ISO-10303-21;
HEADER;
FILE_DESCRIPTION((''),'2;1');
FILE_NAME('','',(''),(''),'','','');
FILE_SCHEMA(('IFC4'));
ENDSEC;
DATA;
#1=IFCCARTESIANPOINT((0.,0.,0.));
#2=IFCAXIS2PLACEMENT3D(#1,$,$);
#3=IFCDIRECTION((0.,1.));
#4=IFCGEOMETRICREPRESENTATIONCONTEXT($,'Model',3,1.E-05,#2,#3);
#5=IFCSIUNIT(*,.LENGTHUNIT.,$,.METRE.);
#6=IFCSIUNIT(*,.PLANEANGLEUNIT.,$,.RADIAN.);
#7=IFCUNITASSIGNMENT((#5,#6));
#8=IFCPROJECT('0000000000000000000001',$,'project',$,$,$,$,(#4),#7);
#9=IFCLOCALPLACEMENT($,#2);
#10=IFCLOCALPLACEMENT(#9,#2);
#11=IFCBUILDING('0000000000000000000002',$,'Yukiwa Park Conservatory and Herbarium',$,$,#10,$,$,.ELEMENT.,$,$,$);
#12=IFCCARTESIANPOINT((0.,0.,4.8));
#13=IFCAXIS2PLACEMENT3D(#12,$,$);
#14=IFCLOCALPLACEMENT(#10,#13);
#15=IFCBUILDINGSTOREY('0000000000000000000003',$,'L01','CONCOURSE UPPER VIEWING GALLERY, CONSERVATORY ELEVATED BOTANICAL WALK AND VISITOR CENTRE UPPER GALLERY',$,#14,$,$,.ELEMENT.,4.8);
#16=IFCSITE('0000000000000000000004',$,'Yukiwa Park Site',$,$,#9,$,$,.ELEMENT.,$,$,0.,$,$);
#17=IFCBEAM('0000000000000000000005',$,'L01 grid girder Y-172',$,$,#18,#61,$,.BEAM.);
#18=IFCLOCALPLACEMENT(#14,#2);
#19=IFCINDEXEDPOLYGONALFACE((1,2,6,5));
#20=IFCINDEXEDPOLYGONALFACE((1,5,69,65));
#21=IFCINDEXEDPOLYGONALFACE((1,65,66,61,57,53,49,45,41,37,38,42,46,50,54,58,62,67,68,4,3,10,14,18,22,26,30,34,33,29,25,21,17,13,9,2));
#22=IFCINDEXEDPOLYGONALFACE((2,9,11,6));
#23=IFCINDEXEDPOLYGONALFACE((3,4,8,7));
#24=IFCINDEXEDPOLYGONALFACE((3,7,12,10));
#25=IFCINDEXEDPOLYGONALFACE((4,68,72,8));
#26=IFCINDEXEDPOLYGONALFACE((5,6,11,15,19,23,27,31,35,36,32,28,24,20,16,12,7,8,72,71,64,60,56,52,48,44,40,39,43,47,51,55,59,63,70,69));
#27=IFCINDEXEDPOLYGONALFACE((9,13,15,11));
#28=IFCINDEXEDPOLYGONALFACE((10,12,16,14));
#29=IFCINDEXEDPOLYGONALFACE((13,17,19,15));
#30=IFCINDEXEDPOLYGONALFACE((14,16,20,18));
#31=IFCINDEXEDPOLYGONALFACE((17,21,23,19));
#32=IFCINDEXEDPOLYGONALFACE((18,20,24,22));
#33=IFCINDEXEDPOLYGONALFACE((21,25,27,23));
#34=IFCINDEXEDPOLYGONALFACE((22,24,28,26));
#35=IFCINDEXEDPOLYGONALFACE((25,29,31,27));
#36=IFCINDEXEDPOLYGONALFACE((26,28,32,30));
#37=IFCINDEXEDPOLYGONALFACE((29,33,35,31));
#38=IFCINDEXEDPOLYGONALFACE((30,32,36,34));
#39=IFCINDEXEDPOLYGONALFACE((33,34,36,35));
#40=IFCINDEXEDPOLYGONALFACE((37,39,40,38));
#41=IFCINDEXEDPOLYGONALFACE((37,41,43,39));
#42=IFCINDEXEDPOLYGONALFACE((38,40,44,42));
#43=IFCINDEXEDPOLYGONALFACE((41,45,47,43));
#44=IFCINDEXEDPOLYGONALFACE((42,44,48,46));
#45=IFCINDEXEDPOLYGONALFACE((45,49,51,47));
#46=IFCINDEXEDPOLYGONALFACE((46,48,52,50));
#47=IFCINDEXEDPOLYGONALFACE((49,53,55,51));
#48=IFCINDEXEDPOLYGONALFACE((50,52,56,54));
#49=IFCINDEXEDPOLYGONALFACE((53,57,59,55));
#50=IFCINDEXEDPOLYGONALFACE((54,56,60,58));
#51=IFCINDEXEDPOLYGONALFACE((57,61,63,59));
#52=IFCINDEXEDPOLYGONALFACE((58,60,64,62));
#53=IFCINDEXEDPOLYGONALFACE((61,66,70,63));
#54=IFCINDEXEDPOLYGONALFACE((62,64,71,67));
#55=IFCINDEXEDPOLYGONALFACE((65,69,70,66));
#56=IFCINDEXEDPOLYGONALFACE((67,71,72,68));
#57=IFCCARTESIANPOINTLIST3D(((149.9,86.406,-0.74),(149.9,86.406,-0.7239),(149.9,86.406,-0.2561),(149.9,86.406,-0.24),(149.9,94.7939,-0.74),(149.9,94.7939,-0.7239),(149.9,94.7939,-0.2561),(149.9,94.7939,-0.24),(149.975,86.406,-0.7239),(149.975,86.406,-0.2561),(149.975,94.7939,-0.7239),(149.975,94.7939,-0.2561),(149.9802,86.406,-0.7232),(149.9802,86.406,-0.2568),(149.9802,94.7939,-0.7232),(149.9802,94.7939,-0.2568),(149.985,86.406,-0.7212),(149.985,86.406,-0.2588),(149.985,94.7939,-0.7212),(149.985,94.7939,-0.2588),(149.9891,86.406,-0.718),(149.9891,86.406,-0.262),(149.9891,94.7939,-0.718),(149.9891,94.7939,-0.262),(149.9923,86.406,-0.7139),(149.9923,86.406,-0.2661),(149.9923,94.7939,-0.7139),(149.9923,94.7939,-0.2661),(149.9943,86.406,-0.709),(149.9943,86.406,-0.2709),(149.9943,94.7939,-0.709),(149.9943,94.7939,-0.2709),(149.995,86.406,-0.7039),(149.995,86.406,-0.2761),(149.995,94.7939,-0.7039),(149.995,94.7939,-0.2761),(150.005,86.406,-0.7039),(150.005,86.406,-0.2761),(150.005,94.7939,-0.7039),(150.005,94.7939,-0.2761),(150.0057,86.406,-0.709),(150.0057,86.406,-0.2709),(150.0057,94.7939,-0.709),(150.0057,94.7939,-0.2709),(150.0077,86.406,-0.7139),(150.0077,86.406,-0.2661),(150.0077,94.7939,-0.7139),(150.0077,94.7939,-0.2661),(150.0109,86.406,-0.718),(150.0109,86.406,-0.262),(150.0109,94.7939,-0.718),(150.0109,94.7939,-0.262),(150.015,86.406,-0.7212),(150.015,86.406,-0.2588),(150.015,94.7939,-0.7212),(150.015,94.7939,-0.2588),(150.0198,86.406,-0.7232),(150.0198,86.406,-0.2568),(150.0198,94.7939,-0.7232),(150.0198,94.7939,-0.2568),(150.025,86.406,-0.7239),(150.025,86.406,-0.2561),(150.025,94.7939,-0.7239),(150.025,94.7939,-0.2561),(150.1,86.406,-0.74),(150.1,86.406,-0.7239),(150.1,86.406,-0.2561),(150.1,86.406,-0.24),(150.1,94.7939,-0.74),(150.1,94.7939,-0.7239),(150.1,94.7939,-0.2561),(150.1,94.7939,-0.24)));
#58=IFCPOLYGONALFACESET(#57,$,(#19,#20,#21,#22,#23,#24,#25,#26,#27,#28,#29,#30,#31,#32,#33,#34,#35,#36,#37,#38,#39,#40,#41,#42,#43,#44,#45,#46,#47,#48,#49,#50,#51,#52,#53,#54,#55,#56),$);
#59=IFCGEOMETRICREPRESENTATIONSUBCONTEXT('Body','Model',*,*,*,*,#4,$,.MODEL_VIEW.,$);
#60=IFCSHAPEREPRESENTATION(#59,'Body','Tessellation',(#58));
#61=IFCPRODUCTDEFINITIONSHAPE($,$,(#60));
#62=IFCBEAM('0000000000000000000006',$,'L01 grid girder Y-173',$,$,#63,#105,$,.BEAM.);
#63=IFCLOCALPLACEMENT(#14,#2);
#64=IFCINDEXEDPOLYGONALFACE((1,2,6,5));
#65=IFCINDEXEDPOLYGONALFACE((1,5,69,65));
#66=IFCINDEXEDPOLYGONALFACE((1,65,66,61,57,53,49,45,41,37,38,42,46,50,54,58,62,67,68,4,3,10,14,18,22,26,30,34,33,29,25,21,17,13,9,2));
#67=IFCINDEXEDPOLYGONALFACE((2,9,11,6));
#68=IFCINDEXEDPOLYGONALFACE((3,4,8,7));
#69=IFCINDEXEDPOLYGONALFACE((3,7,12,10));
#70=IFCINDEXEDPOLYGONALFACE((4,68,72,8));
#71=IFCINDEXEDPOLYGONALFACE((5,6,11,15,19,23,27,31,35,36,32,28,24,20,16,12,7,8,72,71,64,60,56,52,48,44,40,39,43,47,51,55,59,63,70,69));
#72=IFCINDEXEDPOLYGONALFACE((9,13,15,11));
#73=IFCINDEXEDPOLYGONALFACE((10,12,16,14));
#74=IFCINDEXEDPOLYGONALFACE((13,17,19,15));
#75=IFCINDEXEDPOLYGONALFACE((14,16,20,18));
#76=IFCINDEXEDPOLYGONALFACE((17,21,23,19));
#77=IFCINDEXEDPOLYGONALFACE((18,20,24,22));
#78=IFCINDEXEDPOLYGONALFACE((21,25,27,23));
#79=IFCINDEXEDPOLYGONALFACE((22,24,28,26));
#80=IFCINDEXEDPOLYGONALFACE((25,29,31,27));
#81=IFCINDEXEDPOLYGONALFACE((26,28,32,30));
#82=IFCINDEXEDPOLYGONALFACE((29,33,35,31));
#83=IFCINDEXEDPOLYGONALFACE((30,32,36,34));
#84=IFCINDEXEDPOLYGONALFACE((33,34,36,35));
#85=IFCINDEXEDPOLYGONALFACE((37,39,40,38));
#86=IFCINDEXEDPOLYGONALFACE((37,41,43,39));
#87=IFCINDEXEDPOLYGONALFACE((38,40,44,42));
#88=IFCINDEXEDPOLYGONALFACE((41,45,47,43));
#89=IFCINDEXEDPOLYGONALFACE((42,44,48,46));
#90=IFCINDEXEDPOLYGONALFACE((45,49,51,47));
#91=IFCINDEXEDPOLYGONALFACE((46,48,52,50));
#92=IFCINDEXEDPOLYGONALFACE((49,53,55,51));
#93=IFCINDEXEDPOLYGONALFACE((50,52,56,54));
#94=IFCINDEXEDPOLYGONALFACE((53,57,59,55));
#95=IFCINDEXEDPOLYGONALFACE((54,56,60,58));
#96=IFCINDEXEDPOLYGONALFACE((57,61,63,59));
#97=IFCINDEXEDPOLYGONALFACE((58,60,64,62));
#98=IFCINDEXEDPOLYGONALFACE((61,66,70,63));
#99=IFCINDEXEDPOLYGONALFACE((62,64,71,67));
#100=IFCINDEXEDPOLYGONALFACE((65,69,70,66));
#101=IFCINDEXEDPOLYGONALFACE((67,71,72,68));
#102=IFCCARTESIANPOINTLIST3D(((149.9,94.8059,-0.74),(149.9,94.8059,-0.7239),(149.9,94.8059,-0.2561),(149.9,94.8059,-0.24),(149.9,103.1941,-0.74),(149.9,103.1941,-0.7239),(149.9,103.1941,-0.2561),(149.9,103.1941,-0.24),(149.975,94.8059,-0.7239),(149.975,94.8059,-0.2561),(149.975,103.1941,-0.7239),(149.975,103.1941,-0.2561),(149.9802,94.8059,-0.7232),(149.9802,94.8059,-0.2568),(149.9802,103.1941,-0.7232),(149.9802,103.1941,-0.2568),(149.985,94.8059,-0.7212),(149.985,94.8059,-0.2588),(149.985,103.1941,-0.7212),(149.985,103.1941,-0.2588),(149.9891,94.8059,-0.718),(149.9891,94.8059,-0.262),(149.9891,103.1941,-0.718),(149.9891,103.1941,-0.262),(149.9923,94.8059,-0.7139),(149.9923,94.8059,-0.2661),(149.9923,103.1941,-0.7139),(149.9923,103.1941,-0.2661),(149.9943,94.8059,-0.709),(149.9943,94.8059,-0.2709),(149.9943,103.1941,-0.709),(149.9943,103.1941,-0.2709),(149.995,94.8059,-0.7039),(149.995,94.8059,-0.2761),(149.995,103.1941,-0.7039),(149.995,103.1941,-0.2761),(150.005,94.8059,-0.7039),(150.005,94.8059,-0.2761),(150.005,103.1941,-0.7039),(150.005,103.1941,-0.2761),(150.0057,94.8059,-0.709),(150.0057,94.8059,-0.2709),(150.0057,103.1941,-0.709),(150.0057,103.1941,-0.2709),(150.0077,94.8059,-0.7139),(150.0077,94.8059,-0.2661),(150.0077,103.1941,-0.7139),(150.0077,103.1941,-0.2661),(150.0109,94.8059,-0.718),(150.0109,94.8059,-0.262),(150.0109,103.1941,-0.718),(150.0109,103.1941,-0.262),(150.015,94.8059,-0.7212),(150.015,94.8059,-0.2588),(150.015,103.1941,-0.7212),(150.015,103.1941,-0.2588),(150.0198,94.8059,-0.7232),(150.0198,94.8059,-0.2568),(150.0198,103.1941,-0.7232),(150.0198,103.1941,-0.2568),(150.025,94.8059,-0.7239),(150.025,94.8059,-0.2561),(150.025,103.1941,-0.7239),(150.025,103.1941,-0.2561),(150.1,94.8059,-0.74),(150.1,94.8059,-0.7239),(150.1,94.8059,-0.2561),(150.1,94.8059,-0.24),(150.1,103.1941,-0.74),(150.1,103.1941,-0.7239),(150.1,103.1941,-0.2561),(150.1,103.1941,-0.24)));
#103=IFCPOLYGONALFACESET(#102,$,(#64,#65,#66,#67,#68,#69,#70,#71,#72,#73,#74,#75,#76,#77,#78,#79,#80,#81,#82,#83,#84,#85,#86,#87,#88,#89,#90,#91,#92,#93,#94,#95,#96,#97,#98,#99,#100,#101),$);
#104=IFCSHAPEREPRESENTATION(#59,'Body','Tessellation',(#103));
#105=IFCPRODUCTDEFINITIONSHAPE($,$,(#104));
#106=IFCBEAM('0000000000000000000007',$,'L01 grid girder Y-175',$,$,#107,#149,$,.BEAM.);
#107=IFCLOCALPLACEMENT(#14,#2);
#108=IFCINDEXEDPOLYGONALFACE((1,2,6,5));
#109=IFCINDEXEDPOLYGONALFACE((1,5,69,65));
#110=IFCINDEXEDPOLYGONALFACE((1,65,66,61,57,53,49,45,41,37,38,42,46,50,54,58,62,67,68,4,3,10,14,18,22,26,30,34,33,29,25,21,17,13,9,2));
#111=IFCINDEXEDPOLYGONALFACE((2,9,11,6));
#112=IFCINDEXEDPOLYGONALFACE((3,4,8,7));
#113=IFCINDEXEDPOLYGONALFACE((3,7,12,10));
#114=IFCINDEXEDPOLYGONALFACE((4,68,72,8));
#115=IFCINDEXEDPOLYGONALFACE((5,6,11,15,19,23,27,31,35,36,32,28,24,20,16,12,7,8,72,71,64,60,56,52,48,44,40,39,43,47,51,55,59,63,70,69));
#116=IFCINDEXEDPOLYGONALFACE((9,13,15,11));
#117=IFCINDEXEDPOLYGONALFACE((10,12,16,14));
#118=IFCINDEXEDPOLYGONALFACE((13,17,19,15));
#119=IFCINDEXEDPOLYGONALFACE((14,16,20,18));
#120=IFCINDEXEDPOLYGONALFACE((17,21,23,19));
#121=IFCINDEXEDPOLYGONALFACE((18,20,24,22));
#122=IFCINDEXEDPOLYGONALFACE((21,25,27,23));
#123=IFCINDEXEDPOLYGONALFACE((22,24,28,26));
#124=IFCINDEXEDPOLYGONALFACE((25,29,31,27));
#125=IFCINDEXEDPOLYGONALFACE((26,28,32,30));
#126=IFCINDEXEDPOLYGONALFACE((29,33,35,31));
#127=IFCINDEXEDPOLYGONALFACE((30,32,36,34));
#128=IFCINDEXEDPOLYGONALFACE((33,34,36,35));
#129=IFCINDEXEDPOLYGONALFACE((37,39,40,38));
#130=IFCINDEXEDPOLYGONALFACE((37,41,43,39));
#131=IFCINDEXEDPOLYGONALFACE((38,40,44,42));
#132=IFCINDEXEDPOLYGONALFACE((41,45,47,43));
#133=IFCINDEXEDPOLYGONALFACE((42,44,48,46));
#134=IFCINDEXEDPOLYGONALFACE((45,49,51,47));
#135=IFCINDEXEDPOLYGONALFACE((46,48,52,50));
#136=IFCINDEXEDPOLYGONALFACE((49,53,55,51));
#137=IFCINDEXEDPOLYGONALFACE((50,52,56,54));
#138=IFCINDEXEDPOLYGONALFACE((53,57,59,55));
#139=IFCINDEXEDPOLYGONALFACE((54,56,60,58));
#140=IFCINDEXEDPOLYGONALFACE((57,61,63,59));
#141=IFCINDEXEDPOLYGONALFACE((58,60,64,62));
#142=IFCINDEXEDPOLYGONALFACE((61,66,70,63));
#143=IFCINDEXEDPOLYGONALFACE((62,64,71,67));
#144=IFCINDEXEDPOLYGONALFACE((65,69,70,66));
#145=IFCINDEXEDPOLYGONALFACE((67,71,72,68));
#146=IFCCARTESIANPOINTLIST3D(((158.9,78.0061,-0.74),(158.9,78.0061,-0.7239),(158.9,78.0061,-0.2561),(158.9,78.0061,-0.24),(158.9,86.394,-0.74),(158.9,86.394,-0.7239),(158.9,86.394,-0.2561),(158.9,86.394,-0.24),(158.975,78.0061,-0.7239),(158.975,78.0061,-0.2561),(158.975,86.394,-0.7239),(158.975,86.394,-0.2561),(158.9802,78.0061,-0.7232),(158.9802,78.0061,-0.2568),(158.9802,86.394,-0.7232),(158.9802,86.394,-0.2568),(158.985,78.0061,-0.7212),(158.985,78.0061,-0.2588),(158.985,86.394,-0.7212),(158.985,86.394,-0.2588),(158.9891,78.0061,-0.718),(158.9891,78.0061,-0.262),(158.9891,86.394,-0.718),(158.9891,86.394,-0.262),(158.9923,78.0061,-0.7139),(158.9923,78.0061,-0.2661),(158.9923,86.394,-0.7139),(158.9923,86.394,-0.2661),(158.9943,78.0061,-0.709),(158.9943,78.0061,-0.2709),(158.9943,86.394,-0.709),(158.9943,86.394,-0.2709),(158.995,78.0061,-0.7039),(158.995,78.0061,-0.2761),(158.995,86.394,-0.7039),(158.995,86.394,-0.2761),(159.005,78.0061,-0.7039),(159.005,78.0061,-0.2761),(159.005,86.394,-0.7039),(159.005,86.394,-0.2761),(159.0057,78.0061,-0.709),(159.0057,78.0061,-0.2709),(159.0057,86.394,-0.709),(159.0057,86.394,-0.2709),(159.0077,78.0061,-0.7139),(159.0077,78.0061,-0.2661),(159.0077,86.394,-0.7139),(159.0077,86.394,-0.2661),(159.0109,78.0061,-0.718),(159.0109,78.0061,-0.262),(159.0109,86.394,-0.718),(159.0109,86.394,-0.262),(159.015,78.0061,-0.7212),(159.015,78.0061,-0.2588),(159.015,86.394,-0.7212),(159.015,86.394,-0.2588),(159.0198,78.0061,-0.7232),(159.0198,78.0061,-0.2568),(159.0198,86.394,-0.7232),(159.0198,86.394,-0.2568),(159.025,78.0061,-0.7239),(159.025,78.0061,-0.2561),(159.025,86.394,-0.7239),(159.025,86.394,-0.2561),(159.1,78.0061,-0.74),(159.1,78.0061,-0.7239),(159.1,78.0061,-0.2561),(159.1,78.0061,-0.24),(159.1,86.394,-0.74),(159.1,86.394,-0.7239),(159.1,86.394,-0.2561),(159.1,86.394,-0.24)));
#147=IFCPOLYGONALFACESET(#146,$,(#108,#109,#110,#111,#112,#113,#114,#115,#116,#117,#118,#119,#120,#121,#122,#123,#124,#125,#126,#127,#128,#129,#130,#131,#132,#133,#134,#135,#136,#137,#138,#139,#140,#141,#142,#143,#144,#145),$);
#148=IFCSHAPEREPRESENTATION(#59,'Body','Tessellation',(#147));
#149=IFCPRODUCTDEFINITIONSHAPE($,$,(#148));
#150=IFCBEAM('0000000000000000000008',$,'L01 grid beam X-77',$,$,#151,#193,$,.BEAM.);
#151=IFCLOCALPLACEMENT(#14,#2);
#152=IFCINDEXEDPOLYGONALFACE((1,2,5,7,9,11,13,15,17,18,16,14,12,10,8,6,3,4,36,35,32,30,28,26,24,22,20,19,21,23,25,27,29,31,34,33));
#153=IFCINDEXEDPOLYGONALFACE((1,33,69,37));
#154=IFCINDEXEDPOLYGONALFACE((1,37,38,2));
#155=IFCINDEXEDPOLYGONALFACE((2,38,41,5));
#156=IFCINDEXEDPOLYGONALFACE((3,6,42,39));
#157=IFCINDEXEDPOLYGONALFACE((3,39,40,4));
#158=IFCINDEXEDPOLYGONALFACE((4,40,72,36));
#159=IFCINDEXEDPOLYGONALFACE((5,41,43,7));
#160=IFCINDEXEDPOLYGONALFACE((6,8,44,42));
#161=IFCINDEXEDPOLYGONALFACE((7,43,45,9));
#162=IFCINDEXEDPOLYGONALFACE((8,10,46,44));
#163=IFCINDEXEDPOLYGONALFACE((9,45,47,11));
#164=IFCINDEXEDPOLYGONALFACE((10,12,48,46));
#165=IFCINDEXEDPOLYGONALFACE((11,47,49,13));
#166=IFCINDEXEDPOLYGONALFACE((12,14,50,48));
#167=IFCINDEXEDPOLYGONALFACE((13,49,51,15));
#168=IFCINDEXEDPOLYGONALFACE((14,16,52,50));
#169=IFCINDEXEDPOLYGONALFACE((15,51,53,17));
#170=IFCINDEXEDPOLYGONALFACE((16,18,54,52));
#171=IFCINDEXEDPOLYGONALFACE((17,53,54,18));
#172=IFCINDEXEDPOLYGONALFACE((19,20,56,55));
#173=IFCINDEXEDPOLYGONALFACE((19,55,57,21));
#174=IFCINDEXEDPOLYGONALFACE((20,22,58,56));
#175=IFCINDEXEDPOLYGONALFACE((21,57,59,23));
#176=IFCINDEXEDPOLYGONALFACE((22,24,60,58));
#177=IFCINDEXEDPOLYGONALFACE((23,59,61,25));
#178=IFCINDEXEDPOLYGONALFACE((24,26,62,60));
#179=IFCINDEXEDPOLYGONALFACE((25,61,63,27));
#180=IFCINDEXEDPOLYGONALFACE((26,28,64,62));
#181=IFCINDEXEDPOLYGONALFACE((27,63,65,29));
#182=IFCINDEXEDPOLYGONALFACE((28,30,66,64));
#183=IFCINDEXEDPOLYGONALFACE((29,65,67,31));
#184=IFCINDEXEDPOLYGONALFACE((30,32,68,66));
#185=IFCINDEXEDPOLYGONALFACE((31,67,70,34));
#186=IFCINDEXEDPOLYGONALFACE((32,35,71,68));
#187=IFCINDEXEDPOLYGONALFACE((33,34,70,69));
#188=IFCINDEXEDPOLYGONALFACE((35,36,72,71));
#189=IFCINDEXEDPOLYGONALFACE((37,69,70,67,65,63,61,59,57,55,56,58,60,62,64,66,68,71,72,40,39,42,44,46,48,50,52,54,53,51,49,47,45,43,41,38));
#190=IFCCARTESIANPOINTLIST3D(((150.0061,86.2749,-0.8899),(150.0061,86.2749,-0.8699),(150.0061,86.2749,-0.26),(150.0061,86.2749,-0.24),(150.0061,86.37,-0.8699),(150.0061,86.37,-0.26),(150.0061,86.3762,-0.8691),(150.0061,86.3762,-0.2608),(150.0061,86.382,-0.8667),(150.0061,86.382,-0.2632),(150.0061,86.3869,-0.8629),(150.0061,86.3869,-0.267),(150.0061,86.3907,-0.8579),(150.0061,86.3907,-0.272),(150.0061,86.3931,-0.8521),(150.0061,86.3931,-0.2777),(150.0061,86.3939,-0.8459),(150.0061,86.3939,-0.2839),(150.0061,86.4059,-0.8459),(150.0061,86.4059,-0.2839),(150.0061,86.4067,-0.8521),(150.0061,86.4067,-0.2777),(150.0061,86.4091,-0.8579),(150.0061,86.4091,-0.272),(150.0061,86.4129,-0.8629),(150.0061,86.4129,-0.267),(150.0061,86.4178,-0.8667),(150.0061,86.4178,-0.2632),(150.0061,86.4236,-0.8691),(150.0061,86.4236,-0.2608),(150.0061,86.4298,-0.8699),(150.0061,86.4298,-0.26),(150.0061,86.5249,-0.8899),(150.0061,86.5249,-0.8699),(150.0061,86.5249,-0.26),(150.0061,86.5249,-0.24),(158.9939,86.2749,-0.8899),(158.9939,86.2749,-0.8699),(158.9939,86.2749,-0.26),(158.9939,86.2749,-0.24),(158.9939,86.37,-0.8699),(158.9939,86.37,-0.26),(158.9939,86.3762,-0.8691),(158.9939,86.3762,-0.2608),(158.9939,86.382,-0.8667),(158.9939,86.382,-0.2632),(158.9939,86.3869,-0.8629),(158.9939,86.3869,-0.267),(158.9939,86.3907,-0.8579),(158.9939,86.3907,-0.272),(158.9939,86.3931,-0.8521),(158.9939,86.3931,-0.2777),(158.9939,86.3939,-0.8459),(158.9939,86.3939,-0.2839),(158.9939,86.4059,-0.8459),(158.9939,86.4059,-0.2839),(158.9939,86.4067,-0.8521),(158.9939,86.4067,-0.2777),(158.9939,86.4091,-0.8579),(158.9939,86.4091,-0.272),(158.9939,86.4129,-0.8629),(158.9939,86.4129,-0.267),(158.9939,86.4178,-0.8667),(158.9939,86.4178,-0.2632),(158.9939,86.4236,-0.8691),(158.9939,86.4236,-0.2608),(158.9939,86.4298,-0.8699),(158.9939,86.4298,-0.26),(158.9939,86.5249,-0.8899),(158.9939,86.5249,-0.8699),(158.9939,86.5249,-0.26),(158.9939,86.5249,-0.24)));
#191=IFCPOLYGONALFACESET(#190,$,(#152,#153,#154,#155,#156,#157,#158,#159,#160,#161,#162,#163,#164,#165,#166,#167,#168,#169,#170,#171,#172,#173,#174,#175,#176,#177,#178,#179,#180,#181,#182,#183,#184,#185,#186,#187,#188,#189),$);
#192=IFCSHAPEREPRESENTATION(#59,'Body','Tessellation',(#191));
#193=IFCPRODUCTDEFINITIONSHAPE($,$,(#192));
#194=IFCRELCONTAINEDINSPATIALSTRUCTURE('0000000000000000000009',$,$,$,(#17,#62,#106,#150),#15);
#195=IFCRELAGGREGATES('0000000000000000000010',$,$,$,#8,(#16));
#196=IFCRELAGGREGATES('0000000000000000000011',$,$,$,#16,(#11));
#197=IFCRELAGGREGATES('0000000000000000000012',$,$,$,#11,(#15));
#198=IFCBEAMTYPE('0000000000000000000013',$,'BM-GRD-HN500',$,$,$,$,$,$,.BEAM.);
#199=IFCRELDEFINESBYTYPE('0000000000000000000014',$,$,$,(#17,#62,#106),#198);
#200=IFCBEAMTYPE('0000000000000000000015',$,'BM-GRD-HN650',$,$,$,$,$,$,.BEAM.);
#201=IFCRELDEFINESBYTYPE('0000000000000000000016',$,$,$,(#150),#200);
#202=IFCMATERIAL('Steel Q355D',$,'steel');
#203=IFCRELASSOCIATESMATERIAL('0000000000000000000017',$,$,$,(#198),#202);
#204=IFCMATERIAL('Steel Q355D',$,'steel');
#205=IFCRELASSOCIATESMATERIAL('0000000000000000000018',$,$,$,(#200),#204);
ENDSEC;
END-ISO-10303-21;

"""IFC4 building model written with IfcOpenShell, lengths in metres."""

from ifc_helpers import new_model, si_unit, direction, frame, origin, origin_2d, place, context, subcontext, project, spatial, i_section, extrude, material, material_profile, profile_set, type_object, element, save


model = new_model("IFC4")

# Units and contexts
model_context = context("Model", 3, precision=1e-05, world=origin(), true_north=direction((0.0, 1.0)))
body_context = subcontext(model_context, "Body", "Model", "MODEL_VIEW")
ifc_project = project(units=[si_unit("LENGTHUNIT", "METRE"), si_unit("PLANEANGLEUNIT", "RADIAN")], contexts=[model_context])

# Site, building, storey
site_placement = place(None, origin())
site = spatial("IfcSite", under=ifc_project, at=site_placement, Name="Yukiwa Park Site", CompositionType="ELEMENT", RefElevation=0.0)
building_placement = place(site_placement, origin())
building = spatial("IfcBuilding", under=site, at=building_placement, Name="Yukiwa Park Conservatory and Herbarium", CompositionType="ELEMENT")
storey_placement = place(building_placement, frame((0.0, 0.0, 4.8)))
storey = spatial("IfcBuildingStorey", under=building, at=storey_placement, Name="L01", Description="CONCOURSE UPPER VIEWING GALLERY, CONSERVATORY ELEVATED BOTANICAL WALK AND VISITOR CENTRE UPPER GALLERY", CompositionType="ELEMENT", Elevation=4.8)

# Beams
ifc_material_1 = material(Name="Steel Q355D", Category="steel")
ifc_material_profile_1 = material_profile(ifc_material_1, i_section(OverallWidth=0.2, OverallDepth=0.5, WebThickness=0.01, FlangeThickness=0.0161, FilletRadius=0.02, at=origin_2d()), Name="HN 500x200x10x16")
ifc_profile_set_1 = profile_set([ifc_material_profile_1], Name="Steel Q355D")
beam_type_1 = type_object("IfcBeamType", Name="BM-GRD-HN500", PredefinedType="BEAM", material=ifc_profile_set_1)
for number, where, z_axis, x_axis, name in (
    (1, (150.0, 86.406, -0.49), (0.0, 1.0, 0.0), (-1.0, 0.0, 0.0), "L01 grid girder Y-172"),
):
    element("IfcBeam", number, at=place(storey_placement, frame(where, z_axis=z_axis, x_axis=x_axis)), inside=storey, type_object=beam_type_1, Name=name, PredefinedType="BEAM", context=body_context, shape_type="SweptSolid", body=[
        extrude(i_section(OverallWidth=0.2, OverallDepth=0.5, WebThickness=0.01, FlangeThickness=0.0161, FilletRadius=0.02, at=origin_2d()), origin(), (0.0, 0.0, 1.0), 8.3879),
    ])
beam_1_placement = place(storey_placement, frame((150.0, 94.8059, -0.49), z_axis=(0.0, 1.0, 0.0), x_axis=(-1.0, 0.0, 0.0)))
element("IfcBeam", 2, at=beam_1_placement, inside=storey, type_object=beam_type_1, Name="L01 grid girder Y-173", PredefinedType="BEAM", context=body_context, shape_type="SweptSolid", body=[
    extrude(i_section(OverallWidth=0.2, OverallDepth=0.5, WebThickness=0.01, FlangeThickness=0.0161, FilletRadius=0.02, at=origin_2d()), origin(), (0.0, 0.0, 1.0), 8.3882),
])
beam_2_placement = place(storey_placement, frame((159.0, 78.0061, -0.49), z_axis=(0.0, 1.0, 0.0), x_axis=(-1.0, 0.0, 0.0)))
element("IfcBeam", 3, at=beam_2_placement, inside=storey, type_object=beam_type_1, Name="L01 grid girder Y-175", PredefinedType="BEAM", context=body_context, shape_type="SweptSolid", body=[
    extrude(i_section(OverallWidth=0.2, OverallDepth=0.5, WebThickness=0.01, FlangeThickness=0.0161, FilletRadius=0.02, at=origin_2d()), origin(), (0.0, 0.0, 1.0), 8.3879),
])
ifc_material_2 = material(Name="Steel Q355D", Category="steel")
ifc_material_profile_2 = material_profile(ifc_material_2, i_section(OverallWidth=0.25, OverallDepth=0.6499, WebThickness=0.012, FlangeThickness=0.02, FilletRadius=0.0239, at=origin_2d()), Name="HN 650x250x12x20")
ifc_profile_set_2 = profile_set([ifc_material_profile_2], Name="Steel Q355D")
beam_type_2 = type_object("IfcBeamType", Name="BM-GRD-HN650", PredefinedType="BEAM", material=ifc_profile_set_2)
beam_3_placement = place(storey_placement, frame((150.0061, 86.3999, -0.5649), z_axis=(1.0, 0.0, 0.0), x_axis=(0.0, 1.0, 0.0)))
element("IfcBeam", 4, at=beam_3_placement, inside=storey, type_object=beam_type_2, Name="L01 grid beam X-77", PredefinedType="BEAM", context=body_context, shape_type="SweptSolid", body=[
    extrude(i_section(OverallWidth=0.25, OverallDepth=0.6499, WebThickness=0.012, FlangeThickness=0.02, FilletRadius=0.0239, at=origin_2d()), origin(), (0.0, 0.0, 1.0), 8.9878),
])

save(model, "model.ifc")
